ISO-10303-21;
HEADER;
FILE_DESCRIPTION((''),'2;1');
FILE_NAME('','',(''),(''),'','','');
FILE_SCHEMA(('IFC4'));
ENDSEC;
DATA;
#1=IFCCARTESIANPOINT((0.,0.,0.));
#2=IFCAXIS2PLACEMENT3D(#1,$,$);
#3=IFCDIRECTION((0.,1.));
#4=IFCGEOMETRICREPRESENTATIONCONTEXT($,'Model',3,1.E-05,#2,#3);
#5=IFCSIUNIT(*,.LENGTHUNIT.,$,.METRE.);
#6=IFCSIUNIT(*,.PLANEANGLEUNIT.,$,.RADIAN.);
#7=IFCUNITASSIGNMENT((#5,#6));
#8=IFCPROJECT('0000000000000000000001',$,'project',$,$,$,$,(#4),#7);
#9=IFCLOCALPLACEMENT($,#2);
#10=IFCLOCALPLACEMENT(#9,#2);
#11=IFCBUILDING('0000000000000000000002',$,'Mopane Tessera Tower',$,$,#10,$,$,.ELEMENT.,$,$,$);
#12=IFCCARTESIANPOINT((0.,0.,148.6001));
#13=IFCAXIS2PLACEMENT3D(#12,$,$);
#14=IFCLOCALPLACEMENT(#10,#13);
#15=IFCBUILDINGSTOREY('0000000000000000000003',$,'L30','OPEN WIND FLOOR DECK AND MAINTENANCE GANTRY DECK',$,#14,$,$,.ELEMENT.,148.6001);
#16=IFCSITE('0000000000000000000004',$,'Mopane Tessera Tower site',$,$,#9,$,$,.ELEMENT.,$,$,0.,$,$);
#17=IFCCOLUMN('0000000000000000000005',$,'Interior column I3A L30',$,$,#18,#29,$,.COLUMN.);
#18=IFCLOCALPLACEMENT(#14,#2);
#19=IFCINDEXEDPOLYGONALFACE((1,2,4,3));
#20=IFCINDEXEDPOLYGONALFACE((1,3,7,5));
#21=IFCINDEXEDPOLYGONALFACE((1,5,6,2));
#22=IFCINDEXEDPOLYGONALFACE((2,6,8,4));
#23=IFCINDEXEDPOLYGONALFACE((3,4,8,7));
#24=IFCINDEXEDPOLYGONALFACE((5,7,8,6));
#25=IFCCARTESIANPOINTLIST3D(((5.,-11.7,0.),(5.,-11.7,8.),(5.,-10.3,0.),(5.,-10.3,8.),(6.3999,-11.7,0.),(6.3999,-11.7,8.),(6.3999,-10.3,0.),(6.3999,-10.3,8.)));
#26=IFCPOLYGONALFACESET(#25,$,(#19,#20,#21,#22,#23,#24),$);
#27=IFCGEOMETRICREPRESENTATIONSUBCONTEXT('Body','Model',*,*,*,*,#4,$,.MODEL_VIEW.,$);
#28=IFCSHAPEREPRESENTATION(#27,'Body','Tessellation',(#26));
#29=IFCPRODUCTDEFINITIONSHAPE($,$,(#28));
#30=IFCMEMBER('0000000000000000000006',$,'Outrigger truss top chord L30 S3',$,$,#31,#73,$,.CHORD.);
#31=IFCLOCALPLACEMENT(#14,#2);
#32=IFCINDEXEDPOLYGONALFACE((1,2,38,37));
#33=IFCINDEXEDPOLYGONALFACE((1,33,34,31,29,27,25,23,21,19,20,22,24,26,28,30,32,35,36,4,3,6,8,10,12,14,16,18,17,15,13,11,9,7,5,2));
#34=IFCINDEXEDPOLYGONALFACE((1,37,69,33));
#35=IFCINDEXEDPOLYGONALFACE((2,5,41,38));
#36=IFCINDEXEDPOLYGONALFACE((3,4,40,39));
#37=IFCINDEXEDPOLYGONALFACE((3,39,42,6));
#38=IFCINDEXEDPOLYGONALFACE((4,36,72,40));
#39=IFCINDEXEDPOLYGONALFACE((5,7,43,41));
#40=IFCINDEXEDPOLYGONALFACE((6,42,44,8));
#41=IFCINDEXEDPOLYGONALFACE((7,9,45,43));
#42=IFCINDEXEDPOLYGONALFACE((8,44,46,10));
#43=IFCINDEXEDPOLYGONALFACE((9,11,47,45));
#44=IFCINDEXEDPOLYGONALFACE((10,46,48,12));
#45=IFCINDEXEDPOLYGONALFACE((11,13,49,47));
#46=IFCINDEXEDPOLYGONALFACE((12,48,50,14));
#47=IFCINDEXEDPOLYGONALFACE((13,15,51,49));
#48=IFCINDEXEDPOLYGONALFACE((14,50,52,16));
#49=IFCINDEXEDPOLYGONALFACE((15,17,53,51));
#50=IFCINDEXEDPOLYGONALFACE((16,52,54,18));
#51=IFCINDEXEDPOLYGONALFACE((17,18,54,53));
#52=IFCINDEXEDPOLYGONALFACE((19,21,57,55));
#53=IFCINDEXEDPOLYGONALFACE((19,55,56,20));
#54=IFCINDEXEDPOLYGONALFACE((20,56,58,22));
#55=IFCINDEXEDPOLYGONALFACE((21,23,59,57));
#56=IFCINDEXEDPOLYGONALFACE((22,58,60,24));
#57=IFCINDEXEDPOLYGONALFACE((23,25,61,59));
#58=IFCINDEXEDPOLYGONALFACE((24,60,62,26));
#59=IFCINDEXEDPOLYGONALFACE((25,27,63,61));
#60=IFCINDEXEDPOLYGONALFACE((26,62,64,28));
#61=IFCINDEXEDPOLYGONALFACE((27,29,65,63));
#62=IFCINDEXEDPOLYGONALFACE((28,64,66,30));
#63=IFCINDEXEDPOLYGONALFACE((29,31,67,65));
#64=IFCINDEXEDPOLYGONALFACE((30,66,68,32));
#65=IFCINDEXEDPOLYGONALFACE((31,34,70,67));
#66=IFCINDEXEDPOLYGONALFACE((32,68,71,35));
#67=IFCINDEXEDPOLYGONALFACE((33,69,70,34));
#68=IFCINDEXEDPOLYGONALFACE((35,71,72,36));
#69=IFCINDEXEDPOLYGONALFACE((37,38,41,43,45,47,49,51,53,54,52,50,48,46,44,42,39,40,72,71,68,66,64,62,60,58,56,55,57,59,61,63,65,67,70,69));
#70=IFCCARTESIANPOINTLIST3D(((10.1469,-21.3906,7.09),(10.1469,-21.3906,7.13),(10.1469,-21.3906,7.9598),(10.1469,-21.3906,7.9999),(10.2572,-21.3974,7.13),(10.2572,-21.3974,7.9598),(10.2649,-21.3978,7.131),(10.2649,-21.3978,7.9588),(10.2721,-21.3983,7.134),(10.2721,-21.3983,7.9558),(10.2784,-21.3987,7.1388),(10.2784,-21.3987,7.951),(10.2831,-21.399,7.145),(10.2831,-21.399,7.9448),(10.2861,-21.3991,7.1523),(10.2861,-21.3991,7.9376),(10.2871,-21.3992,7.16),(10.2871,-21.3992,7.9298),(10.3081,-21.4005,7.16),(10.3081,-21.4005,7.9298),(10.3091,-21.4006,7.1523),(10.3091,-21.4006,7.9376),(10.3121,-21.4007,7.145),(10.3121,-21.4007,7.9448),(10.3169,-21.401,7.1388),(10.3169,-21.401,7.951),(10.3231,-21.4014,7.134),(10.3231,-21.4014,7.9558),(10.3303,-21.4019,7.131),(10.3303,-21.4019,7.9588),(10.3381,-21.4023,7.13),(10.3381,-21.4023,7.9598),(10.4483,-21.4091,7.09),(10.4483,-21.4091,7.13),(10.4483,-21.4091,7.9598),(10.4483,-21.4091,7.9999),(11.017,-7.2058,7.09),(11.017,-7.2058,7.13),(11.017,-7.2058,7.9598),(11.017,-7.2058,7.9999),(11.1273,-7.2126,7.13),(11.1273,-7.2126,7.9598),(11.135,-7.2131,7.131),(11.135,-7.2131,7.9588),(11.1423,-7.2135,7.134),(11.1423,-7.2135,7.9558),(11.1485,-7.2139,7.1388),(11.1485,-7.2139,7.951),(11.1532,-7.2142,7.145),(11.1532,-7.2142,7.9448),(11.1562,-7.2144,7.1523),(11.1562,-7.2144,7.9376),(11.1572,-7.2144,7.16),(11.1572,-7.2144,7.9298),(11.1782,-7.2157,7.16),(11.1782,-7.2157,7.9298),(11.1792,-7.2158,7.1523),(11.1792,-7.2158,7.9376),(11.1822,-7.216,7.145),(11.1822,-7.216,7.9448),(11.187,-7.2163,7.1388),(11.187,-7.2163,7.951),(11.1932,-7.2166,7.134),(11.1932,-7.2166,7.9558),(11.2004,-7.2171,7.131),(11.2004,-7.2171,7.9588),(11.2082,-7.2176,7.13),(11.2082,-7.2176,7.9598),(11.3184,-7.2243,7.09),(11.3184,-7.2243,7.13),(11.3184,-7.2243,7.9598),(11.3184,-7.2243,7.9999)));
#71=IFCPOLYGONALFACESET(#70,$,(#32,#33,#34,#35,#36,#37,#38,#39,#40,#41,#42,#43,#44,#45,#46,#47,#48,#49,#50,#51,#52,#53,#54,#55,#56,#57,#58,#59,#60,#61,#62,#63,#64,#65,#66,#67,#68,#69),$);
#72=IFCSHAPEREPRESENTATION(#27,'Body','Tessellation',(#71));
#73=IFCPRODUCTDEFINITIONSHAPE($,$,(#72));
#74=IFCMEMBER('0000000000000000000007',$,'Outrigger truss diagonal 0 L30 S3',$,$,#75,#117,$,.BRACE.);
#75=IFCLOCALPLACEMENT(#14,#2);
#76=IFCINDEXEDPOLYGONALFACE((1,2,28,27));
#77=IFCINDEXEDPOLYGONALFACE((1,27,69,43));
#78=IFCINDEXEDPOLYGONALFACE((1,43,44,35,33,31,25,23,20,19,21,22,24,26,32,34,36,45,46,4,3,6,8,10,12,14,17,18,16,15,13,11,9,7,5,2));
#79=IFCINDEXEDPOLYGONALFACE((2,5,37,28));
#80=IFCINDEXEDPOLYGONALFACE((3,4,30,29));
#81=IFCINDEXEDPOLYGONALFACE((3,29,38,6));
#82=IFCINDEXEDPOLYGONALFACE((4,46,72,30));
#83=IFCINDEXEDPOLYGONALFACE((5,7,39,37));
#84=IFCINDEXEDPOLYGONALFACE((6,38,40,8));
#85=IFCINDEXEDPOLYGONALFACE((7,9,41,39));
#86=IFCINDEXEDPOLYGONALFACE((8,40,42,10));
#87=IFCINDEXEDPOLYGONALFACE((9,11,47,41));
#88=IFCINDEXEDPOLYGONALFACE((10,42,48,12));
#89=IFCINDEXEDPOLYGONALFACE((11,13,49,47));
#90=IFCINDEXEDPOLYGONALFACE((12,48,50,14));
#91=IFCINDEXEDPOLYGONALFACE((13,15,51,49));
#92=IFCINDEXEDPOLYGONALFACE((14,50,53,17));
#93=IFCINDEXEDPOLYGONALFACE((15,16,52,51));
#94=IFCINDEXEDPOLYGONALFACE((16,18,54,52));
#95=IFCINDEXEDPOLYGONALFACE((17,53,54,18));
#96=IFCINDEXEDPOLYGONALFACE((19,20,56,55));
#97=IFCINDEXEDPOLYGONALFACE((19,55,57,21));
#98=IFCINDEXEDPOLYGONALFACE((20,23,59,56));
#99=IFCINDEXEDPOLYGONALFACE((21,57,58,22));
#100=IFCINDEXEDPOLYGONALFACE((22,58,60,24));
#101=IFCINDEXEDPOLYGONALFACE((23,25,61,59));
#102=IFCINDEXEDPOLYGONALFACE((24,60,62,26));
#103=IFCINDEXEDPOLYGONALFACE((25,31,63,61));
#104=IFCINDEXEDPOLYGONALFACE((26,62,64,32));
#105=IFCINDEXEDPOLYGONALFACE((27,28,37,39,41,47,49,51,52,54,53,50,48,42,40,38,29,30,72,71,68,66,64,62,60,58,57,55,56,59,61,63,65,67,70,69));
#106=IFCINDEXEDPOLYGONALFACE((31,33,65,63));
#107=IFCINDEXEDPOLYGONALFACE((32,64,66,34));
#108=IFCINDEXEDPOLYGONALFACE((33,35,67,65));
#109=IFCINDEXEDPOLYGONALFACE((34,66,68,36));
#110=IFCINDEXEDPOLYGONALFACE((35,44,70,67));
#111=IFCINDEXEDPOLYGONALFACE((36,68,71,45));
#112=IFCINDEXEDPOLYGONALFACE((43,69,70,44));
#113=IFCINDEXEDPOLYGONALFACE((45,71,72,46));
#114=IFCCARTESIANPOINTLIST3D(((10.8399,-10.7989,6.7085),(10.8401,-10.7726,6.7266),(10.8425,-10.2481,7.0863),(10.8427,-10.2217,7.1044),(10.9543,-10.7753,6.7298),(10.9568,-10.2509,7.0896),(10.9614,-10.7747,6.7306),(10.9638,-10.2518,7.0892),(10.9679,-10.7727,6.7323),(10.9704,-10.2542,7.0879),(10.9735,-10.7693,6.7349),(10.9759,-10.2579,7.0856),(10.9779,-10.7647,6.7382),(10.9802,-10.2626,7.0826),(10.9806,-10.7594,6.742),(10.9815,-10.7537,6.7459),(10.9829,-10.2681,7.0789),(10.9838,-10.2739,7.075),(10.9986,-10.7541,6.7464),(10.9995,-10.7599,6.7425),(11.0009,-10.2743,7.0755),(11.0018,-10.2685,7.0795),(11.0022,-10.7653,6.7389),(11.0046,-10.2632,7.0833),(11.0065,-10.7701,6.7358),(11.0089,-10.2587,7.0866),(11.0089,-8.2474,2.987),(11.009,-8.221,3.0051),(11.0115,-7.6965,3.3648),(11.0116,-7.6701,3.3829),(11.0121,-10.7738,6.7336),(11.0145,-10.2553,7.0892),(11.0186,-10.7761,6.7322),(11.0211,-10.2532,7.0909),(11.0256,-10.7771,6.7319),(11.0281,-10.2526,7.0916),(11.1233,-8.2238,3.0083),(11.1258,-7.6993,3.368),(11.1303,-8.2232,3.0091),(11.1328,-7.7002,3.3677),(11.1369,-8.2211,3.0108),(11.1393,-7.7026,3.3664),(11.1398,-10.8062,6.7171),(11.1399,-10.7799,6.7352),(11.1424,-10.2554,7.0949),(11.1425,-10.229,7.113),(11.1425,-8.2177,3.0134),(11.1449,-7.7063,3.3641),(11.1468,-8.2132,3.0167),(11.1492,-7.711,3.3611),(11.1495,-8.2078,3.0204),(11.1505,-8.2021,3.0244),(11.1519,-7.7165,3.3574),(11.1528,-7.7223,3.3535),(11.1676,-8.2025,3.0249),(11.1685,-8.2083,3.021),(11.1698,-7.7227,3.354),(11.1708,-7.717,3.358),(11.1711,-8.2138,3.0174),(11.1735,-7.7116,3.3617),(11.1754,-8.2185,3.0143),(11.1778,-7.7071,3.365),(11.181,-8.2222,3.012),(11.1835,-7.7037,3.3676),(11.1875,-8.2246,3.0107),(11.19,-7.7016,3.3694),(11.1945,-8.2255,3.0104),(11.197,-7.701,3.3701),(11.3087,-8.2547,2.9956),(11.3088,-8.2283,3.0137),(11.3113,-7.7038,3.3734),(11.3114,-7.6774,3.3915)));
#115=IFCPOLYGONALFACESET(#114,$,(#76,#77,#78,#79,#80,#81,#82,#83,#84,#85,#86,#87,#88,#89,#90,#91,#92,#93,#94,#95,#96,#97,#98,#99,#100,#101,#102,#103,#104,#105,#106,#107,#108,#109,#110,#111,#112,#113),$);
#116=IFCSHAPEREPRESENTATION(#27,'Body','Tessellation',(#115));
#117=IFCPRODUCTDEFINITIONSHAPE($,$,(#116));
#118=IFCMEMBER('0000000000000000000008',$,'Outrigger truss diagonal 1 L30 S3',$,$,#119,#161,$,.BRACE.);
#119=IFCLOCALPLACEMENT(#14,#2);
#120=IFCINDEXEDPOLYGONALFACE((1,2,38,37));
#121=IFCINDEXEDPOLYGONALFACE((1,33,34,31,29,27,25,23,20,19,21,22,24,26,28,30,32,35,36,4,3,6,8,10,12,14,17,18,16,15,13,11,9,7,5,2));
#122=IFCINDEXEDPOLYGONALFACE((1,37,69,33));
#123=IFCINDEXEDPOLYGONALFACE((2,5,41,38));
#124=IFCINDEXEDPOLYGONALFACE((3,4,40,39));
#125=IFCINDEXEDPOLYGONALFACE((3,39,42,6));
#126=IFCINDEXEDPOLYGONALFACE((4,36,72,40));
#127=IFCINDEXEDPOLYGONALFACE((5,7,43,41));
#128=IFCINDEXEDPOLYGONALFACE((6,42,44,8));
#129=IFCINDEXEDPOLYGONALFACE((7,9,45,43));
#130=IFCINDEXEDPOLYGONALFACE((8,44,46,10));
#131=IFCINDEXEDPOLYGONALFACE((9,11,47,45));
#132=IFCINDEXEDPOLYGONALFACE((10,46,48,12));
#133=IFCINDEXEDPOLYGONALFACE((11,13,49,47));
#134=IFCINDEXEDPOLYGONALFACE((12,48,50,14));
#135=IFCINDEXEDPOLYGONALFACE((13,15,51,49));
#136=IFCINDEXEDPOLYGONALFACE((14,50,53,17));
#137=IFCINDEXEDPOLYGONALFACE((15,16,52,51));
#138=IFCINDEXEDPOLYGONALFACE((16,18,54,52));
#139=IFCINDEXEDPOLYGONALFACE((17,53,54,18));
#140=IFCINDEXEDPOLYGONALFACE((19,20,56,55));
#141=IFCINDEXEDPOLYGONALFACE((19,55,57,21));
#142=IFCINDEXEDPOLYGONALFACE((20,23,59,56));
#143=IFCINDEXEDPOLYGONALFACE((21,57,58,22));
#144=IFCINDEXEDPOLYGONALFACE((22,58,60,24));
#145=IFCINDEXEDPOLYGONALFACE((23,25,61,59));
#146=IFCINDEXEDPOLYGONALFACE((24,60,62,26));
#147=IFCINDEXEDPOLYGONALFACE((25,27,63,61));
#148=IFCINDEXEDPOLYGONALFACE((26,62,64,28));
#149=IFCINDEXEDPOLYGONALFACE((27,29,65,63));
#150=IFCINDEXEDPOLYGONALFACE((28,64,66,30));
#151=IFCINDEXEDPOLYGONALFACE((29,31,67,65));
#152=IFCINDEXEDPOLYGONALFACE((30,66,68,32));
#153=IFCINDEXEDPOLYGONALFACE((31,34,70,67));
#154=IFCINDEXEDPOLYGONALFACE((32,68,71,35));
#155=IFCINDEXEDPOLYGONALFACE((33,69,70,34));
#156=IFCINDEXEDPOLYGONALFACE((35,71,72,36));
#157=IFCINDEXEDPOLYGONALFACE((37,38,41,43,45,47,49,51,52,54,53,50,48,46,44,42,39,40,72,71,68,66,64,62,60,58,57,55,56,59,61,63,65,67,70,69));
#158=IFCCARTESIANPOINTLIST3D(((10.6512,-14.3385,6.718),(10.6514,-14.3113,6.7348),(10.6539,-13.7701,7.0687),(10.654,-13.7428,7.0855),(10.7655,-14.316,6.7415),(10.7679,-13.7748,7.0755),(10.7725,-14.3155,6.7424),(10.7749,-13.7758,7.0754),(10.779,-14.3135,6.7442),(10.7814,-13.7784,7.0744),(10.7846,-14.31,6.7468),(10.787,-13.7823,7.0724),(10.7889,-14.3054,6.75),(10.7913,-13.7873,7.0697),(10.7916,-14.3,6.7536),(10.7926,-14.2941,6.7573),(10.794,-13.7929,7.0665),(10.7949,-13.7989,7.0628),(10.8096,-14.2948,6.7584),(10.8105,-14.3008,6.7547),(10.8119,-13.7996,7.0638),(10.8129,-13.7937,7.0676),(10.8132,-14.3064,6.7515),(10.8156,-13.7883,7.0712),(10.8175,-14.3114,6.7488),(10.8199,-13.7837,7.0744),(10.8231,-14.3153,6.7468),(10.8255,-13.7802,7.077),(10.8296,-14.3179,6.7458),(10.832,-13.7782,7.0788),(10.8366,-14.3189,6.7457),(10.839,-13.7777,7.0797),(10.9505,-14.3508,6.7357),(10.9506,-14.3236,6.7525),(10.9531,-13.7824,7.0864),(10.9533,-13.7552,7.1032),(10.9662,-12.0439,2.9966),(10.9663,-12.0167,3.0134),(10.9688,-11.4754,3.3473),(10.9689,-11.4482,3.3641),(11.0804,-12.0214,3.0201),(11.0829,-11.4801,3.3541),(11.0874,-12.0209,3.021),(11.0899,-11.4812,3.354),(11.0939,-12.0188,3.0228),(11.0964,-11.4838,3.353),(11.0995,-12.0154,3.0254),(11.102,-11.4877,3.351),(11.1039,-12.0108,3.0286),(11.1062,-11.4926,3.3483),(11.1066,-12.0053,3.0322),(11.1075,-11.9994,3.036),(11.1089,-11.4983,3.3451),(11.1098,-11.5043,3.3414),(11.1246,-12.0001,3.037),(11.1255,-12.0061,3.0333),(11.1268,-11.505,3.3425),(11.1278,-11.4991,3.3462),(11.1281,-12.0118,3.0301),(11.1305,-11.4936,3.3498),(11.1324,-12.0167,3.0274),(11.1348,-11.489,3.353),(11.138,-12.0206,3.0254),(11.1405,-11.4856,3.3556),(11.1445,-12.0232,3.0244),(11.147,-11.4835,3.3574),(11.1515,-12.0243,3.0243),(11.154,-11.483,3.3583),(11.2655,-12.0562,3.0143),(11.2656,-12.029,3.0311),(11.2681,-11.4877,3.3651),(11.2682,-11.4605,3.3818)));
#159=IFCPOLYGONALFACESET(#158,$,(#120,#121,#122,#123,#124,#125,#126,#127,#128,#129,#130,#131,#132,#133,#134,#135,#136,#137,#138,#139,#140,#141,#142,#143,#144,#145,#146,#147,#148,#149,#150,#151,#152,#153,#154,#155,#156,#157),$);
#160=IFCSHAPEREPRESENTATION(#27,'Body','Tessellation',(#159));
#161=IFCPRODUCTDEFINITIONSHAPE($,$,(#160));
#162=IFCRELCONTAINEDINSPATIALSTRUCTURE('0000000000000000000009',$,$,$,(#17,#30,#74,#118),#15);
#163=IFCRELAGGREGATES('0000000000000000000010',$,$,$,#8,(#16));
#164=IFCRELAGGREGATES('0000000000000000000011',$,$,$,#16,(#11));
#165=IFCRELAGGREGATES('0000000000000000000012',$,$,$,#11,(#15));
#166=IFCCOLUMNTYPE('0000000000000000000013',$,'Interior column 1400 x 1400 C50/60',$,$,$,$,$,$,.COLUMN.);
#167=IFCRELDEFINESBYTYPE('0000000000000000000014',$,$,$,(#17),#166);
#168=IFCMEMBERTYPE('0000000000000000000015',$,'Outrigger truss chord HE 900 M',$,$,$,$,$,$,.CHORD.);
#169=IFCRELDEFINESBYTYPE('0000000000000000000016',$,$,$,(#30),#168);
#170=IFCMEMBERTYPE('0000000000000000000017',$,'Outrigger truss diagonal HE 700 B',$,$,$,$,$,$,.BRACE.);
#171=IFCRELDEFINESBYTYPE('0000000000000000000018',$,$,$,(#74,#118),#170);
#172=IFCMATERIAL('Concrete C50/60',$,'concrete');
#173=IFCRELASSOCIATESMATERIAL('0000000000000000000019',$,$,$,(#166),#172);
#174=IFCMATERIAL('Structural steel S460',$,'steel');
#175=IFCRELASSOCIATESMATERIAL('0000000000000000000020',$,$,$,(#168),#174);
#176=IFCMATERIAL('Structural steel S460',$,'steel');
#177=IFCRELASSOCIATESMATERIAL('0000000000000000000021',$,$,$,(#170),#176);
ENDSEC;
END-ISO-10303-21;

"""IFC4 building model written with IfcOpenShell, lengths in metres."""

from ifc_helpers import new_model, si_unit, direction, frame, origin, origin_2d, place, context, subcontext, project, spatial, rectangle, i_section, extrude, material, material_profile, profile_set, type_object, element, save


model = new_model("IFC4")

# Units and contexts
model_context = context("Model", 3, precision=1e-05, world=origin(), true_north=direction((0.0, 1.0)))
body_context = subcontext(model_context, "Body", "Model", "MODEL_VIEW")
ifc_project = project(units=[si_unit("LENGTHUNIT", "METRE"), si_unit("PLANEANGLEUNIT", "RADIAN")], contexts=[model_context])

# Site, building, storey
site_placement = place(None, origin())
site = spatial("IfcSite", under=ifc_project, at=site_placement, Name="Mopane Tessera Tower site", CompositionType="ELEMENT", RefElevation=0.0)
building_placement = place(site_placement, origin())
building = spatial("IfcBuilding", under=site, at=building_placement, Name="Mopane Tessera Tower", CompositionType="ELEMENT")
storey_placement = place(building_placement, frame((0.0, 0.0, 148.6001)))
storey = spatial("IfcBuildingStorey", under=building, at=storey_placement, Name="L30", Description="OPEN WIND FLOOR DECK AND MAINTENANCE GANTRY DECK", CompositionType="ELEMENT", Elevation=148.6001)

# Column
ifc_material_1 = material(Name="Concrete C50/60", Category="concrete")
ifc_material_profile_1 = material_profile(ifc_material_1, rectangle(XDim=1.3999, YDim=1.3999, at=origin_2d()))
ifc_profile_set_1 = profile_set([ifc_material_profile_1], Name="Concrete C50/60")
column_type = type_object("IfcColumnType", Name="Interior column 1400 x 1400 C50/60", PredefinedType="COLUMN", material=ifc_profile_set_1)
column_placement = place(storey_placement, frame((5.7, -11.0, 0.0), z_axis=(0.0, 0.0, 1.0), x_axis=(1.0, 0.0, 0.0)))
element("IfcColumn", 1, at=column_placement, inside=storey, type_object=column_type, Name="Interior column I3A L30", PredefinedType="COLUMN", context=body_context, shape_type="SweptSolid", body=[
    extrude(rectangle(XDim=1.3999, YDim=1.3999, at=origin_2d()), origin(), (0.0, 0.0, 1.0), 8.0),
])

# Members
ifc_material_2 = material(Name="Structural steel S460", Category="steel")
ifc_material_profile_2 = material_profile(ifc_material_2, i_section(OverallWidth=0.302, OverallDepth=0.9099, WebThickness=0.021, FlangeThickness=0.04, FilletRadius=0.03, at=origin_2d()))
ifc_profile_set_2 = profile_set([ifc_material_profile_2], Name="Structural steel S460")
member_type_1 = type_object("IfcMemberType", Name="Outrigger truss chord HE 900 M", PredefinedType="CHORD", material=ifc_profile_set_2)
member_1_placement = place(storey_placement, frame((11.1677, -7.2151, 7.5449), z_axis=(-0.061226, -0.998124, 0.0), x_axis=(0.998124, -0.061226, 0.0)))
element("IfcMember", 2, at=member_1_placement, inside=storey, type_object=member_type_1, Name="Outrigger truss top chord L30 S3", PredefinedType="CHORD", context=body_context, shape_type="SweptSolid", body=[
    extrude(i_section(OverallWidth=0.302, OverallDepth=0.9099, WebThickness=0.021, FlangeThickness=0.04, FilletRadius=0.03, at=origin_2d()), origin(), (0.0, 0.0, 1.0), 14.2114),
])
ifc_material_3 = material(Name="Structural steel S460", Category="steel")
ifc_material_profile_3 = material_profile(ifc_material_3, i_section(OverallWidth=0.3, OverallDepth=0.7, WebThickness=0.0171, FlangeThickness=0.032, FilletRadius=0.0271, at=origin_2d()))
ifc_profile_set_3 = profile_set([ifc_material_profile_3], Name="Structural steel S460")
member_type_2 = type_object("IfcMemberType", Name="Outrigger truss diagonal HE 700 B", PredefinedType="BRACE", material=ifc_profile_set_3)
member_2_placement = place(storey_placement, frame((11.1602, -7.9624, 3.1892), z_axis=(-0.037416, -0.565083, 0.824185), x_axis=(0.999292, -0.024374, 0.028654)))
element("IfcMember", 3, at=member_2_placement, inside=storey, type_object=member_type_2, Name="Outrigger truss diagonal 0 L30 S3", PredefinedType="BRACE", context=body_context, shape_type="SweptSolid", body=[
    extrude(i_section(OverallWidth=0.3, OverallDepth=0.7, WebThickness=0.0171, FlangeThickness=0.032, FilletRadius=0.0271, at=origin_2d()), origin(), (0.0, 0.0, 1.0), 4.5154),
])
member_3_placement = place(storey_placement, frame((11.1172, -11.7522, 3.1892), z_axis=(-0.071849, -0.523498, 0.848992), x_axis=(0.997408, -0.041052, 0.059097)))
element("IfcMember", 4, at=member_3_placement, inside=storey, type_object=member_type_2, Name="Outrigger truss diagonal 1 L30 S3", PredefinedType="BRACE", context=body_context, shape_type="SweptSolid", body=[
    extrude(i_section(OverallWidth=0.3, OverallDepth=0.7, WebThickness=0.0171, FlangeThickness=0.032, FilletRadius=0.0271, at=origin_2d()), origin(), (0.0, 0.0, 1.0), 4.3833),
])

save(model, "model.ifc")
